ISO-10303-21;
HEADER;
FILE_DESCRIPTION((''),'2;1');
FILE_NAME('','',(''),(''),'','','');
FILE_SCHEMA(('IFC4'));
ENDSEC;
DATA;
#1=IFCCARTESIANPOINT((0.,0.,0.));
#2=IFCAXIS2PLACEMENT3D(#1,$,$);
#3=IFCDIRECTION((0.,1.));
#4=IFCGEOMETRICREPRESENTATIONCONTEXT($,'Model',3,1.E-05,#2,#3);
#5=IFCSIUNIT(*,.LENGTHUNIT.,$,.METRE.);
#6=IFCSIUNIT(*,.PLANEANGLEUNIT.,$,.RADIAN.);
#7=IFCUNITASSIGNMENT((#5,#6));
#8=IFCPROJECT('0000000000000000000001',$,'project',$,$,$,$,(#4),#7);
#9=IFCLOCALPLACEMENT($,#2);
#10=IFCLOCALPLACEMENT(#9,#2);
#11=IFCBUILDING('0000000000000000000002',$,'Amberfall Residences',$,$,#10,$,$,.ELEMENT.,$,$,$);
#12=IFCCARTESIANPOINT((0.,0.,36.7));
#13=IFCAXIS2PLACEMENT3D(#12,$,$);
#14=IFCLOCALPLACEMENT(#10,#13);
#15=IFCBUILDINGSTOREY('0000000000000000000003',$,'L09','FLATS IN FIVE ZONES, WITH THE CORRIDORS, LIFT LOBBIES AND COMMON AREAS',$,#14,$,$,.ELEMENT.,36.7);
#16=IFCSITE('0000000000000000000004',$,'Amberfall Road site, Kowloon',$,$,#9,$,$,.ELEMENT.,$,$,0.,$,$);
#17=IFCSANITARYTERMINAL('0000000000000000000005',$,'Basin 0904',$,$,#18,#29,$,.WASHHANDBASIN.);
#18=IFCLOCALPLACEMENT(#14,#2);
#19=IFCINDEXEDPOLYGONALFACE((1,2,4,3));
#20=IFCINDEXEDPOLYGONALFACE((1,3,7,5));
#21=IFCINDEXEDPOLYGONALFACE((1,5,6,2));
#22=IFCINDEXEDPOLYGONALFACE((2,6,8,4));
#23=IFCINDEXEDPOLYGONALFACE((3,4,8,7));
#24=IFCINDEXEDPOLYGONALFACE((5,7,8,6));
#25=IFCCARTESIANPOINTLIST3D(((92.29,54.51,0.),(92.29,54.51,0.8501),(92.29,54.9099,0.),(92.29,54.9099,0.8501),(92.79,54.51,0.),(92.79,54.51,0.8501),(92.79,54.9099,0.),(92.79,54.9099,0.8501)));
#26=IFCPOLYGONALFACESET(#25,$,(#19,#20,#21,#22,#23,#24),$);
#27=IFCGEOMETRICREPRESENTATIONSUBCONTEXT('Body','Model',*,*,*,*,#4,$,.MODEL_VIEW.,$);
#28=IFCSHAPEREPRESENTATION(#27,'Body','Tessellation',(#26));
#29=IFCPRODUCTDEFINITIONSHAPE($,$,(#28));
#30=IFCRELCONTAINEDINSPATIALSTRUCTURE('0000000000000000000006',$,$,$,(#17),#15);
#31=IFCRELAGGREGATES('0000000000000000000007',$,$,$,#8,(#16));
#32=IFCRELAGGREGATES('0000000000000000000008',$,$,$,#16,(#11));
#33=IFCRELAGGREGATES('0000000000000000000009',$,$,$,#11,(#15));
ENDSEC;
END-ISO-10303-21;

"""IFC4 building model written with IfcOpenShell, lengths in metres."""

from ifc_helpers import new_model, si_unit, direction, frame, origin, origin_2d, place, context, subcontext, project, spatial, rectangle, extrude, element, save


model = new_model("IFC4")

# Units and contexts
model_context = context("Model", 3, precision=1e-05, world=origin(), true_north=direction((0.0, 1.0)))
body_context = subcontext(model_context, "Body", "Model", "MODEL_VIEW")
ifc_project = project(units=[si_unit("LENGTHUNIT", "METRE"), si_unit("PLANEANGLEUNIT", "RADIAN")], contexts=[model_context])

# Site, building, storey
site_placement = place(None, origin())
site = spatial("IfcSite", under=ifc_project, at=site_placement, Name="Amberfall Road site, Kowloon", CompositionType="ELEMENT", RefElevation=0.0)
building_placement = place(site_placement, origin())
building = spatial("IfcBuilding", under=site, at=building_placement, Name="Amberfall Residences", CompositionType="ELEMENT")
storey_placement = place(building_placement, frame((0.0, 0.0, 36.7)))
storey = spatial("IfcBuildingStorey", under=building, at=storey_placement, Name="L09", Description="FLATS IN FIVE ZONES, WITH THE CORRIDORS, LIFT LOBBIES AND COMMON AREAS", CompositionType="ELEMENT", Elevation=36.7)

# Sanitary terminal
sanitary_terminal_1_placement = place(storey_placement, frame((92.54, 54.71, 0.0), z_axis=(0.0, 0.0, 1.0), x_axis=(1.0, 0.0, 0.0)))
element("IfcSanitaryTerminal", 1, at=sanitary_terminal_1_placement, inside=storey, Name="Basin 0904", PredefinedType="WASHHANDBASIN", context=body_context, shape_type="SweptSolid", body=[
    extrude(rectangle(XDim=0.5, YDim=0.3999, at=origin_2d()), origin(), (0.0, 0.0, 1.0), 0.8501),
])

save(model, "model.ifc")
